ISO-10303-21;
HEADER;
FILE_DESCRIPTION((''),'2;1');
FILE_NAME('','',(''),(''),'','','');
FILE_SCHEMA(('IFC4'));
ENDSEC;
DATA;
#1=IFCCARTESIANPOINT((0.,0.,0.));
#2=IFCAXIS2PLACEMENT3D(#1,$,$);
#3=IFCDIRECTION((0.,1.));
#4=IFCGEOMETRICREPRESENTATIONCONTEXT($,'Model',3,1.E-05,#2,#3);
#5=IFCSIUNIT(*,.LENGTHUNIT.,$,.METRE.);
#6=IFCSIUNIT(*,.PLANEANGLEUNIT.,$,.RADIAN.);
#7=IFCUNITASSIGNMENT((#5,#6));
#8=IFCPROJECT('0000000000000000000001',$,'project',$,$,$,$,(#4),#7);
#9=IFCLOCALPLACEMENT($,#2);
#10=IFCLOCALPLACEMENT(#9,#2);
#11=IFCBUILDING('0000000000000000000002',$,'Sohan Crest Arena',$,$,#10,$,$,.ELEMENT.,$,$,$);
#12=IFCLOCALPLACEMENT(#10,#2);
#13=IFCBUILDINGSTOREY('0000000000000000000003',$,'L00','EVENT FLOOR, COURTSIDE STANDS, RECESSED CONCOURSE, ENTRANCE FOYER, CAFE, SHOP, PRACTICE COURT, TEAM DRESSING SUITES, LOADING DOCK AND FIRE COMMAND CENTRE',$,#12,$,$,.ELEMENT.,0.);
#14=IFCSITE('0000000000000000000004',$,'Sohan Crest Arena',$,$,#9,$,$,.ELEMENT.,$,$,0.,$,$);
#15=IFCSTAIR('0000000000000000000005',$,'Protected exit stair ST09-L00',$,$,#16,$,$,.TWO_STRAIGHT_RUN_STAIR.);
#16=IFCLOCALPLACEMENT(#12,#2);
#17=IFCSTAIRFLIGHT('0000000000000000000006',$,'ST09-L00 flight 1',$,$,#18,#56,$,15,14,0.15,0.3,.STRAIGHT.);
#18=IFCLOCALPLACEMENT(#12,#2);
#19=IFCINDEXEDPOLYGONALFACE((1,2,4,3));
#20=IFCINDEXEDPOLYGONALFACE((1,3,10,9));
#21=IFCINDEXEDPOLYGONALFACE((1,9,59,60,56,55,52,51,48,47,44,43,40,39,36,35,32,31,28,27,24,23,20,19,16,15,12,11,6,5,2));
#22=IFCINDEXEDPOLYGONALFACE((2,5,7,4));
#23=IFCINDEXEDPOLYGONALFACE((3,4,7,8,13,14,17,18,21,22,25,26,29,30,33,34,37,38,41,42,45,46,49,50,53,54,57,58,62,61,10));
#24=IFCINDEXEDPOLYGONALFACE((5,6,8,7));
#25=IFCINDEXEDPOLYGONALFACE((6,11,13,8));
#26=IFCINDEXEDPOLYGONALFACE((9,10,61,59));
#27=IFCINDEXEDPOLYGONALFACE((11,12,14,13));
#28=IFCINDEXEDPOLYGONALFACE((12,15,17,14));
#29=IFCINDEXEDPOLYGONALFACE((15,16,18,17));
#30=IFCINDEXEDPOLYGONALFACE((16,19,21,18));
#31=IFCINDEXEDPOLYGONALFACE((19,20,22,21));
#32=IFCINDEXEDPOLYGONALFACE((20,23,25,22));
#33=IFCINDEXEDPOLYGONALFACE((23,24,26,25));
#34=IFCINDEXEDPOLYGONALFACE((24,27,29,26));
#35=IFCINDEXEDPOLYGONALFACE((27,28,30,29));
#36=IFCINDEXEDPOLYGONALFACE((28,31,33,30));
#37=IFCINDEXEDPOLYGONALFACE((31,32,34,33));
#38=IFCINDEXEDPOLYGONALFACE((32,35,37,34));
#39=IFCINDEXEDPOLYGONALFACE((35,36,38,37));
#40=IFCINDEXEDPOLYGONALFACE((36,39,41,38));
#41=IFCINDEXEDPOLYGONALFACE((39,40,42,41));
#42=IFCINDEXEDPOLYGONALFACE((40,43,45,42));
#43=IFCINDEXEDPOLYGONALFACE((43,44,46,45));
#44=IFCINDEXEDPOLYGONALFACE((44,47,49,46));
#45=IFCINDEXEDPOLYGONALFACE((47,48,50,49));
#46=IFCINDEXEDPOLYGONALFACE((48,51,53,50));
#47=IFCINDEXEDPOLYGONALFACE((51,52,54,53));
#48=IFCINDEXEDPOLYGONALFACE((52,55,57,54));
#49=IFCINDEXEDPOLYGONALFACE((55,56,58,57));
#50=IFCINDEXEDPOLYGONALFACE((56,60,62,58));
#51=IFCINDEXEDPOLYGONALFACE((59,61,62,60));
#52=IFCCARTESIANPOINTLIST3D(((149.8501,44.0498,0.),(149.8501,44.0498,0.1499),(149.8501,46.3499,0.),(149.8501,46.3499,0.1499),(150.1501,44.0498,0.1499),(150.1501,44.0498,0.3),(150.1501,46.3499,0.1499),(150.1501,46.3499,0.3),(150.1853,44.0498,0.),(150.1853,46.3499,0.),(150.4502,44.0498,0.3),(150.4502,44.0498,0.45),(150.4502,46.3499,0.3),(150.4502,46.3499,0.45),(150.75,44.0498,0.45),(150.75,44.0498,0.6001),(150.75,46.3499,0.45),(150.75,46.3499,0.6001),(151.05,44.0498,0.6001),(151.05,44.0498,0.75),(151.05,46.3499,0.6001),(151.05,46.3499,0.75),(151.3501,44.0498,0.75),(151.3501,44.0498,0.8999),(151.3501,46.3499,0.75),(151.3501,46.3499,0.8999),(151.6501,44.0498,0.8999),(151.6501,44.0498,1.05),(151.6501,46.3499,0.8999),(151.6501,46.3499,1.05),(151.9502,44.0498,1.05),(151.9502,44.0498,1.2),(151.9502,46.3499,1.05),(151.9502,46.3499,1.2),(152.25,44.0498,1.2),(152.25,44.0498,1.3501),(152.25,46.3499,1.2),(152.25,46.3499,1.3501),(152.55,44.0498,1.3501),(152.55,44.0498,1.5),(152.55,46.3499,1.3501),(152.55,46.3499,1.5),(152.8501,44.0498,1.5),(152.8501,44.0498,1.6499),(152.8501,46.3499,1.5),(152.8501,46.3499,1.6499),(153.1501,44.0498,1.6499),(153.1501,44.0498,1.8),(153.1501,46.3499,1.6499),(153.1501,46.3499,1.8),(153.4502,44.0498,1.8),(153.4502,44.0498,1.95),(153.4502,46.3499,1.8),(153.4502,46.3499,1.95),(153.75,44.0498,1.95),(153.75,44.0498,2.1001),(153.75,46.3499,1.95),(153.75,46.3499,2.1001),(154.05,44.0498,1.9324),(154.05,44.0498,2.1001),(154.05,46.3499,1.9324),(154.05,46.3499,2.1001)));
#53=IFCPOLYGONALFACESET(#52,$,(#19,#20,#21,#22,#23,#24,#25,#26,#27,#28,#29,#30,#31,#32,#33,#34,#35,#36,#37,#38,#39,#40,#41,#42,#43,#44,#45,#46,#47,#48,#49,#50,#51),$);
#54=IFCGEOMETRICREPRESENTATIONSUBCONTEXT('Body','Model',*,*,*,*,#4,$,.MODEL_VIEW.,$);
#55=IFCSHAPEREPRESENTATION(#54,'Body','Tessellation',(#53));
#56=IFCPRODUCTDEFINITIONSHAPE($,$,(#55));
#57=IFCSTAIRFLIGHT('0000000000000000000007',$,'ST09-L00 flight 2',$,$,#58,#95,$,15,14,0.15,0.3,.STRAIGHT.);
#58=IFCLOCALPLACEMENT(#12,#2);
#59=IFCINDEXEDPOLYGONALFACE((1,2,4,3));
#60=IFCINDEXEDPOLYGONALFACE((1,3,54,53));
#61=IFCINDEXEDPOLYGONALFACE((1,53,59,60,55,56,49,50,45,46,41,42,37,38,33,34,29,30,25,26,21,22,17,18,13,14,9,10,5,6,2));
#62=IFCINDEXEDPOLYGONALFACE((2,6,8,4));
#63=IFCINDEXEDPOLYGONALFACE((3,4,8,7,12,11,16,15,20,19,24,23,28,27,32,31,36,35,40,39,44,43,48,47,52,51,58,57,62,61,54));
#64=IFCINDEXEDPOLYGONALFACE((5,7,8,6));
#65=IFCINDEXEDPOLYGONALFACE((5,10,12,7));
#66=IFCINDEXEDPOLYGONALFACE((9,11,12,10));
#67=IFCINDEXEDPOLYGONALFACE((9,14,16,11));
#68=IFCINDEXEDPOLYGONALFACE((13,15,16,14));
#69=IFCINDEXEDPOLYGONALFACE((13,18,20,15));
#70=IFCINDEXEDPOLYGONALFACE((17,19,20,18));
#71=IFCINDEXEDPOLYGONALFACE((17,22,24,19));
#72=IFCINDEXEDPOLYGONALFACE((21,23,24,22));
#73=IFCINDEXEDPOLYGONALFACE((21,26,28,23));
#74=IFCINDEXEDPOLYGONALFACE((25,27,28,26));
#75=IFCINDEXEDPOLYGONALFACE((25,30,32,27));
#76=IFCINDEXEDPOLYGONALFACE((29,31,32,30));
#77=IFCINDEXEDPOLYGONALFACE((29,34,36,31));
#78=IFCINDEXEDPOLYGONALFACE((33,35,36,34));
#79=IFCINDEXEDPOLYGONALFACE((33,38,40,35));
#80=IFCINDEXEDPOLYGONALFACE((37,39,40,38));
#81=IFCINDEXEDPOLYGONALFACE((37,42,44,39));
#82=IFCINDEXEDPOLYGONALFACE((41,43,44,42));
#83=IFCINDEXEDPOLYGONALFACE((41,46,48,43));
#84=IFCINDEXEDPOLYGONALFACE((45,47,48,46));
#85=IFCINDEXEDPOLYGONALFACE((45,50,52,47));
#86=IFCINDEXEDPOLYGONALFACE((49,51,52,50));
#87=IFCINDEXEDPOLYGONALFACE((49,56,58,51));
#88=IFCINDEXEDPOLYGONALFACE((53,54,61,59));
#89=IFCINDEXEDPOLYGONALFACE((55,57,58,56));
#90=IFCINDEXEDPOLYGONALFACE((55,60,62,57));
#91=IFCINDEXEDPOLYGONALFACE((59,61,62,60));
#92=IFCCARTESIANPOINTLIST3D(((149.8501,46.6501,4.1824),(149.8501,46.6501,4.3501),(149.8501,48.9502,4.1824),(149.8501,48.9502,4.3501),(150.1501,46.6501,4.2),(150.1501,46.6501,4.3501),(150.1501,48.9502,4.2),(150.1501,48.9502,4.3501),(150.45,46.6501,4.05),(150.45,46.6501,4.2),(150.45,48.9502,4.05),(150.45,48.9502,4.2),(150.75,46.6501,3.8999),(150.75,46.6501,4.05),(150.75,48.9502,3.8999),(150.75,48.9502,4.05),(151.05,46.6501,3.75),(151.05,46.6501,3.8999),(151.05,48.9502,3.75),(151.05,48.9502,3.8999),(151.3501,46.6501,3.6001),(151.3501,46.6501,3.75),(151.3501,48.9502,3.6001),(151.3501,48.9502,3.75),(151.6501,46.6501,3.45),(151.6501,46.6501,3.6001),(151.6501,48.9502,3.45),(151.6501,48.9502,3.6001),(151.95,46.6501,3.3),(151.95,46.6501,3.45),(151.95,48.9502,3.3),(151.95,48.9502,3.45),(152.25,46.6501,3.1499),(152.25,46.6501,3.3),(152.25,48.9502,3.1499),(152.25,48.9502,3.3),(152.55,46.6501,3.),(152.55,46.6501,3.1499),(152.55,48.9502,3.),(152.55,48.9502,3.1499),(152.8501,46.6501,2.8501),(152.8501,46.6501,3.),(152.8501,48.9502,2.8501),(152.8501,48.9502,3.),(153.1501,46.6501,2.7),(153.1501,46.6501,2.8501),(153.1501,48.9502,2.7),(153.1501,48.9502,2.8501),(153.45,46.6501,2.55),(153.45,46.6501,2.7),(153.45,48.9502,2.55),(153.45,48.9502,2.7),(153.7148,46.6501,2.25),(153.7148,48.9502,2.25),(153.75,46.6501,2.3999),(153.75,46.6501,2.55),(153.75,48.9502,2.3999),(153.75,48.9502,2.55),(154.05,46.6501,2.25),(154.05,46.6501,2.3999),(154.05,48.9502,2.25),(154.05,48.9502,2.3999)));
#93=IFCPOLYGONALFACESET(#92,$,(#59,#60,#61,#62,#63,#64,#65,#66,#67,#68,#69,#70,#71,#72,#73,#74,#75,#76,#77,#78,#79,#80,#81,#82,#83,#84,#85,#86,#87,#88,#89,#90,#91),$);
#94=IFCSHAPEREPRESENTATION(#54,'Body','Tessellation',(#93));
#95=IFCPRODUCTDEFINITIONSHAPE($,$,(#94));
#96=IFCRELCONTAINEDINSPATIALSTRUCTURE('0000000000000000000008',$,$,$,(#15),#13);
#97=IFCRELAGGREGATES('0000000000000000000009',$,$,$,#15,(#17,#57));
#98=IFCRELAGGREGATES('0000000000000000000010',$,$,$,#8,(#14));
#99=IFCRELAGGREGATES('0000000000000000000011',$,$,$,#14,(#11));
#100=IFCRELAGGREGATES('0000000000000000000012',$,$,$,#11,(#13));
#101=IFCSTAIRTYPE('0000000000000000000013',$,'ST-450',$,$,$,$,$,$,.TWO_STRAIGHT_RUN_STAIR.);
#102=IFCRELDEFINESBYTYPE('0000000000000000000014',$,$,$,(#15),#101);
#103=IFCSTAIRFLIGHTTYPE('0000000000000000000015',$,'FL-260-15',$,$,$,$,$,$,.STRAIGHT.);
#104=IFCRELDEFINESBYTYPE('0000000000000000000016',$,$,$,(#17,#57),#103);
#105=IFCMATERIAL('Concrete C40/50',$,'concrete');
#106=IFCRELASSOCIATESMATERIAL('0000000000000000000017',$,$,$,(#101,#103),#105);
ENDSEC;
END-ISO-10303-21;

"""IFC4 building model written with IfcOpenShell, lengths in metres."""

from ifc_helpers import new_model, si_unit, direction, frame, origin, place, context, subcontext, project, spatial, polyline, outline, extrude, material, type_object, element, aggregate, save


model = new_model("IFC4")

# Units and contexts
model_context = context("Model", 3, precision=1e-05, world=origin(), true_north=direction((0.0, 1.0)))
body_context = subcontext(model_context, "Body", "Model", "MODEL_VIEW")
ifc_project = project(units=[si_unit("LENGTHUNIT", "METRE"), si_unit("PLANEANGLEUNIT", "RADIAN")], contexts=[model_context])

# Site, building, storey
site_placement = place(None, origin())
site = spatial("IfcSite", under=ifc_project, at=site_placement, Name="Sohan Crest Arena", CompositionType="ELEMENT", RefElevation=0.0)
building_placement = place(site_placement, origin())
building = spatial("IfcBuilding", under=site, at=building_placement, Name="Sohan Crest Arena", CompositionType="ELEMENT")
storey_placement = place(building_placement, origin())
storey = spatial("IfcBuildingStorey", under=building, at=storey_placement, Name="L00", Description="EVENT FLOOR, COURTSIDE STANDS, RECESSED CONCOURSE, ENTRANCE FOYER, CAFE, SHOP, PRACTICE COURT, TEAM DRESSING SUITES, LOADING DOCK AND FIRE COMMAND CENTRE", CompositionType="ELEMENT", Elevation=0.0)

# Shared definitions
ifc_material_1 = material(Name="Concrete C40/50", Category="concrete")

# Stair, stair flights
stair_type = type_object("IfcStairType", Name="ST-450", PredefinedType="TWO_STRAIGHT_RUN_STAIR", material=ifc_material_1)
stair_placement = place(storey_placement, origin())
stair = element("IfcStair", 1, at=stair_placement, inside=storey, type_object=stair_type, Name="Protected exit stair ST09-L00", PredefinedType="TWO_STRAIGHT_RUN_STAIR")
stair_flight_type = type_object("IfcStairFlightType", Name="FL-260-15", PredefinedType="STRAIGHT", material=ifc_material_1)
stair_flight_1_placement = place(storey_placement, frame((149.8501, 45.2, 0.0), z_axis=(0.0, 0.0, 1.0), x_axis=(1.0, 0.0, 0.0)))
stair_flight_1 = element("IfcStairFlight", 2, at=stair_flight_1_placement, type_object=stair_flight_type, Name="ST09-L00 flight 1", NumberOfRisers=15, NumberOfTreads=14, PredefinedType="STRAIGHT", RiserHeight=0.15, TreadLength=0.3, context=body_context, shape_type="SweptSolid", body=[
    extrude(outline(polyline([(0.0, 0.0), (0.0, 0.1499), (0.3, 0.1499), (0.3, 0.3), (0.6001, 0.3), (0.6001, 0.45), (0.8999, 0.45), (0.8999, 0.6001), (1.2, 0.6001), (1.2, 0.75), (1.5, 0.75), (1.5, 0.8999), (1.8, 0.8999), (1.8, 1.05), (2.1001, 1.05), (2.1001, 1.2), (2.3999, 1.2), (2.3999, 1.3501), (2.7, 1.3501), (2.7, 1.5), (3.0, 1.5), (3.0, 1.6499), (3.3, 1.6499), (3.3, 1.8), (3.6001, 1.8), (3.6001, 1.95), (3.8999, 1.95), (3.8999, 2.1001), (4.2, 2.1001), (4.2, 2.25), (4.2, 1.9324), (0.3352, 0.0), (0.0, 0.0)])), frame((0.0, 1.1499, 0.0), z_axis=(0.0, -1.0, 0.0), x_axis=(1.0, 0.0, 0.0)), (0.0, 0.0, 1.0), 2.3),
])
stair_flight_2_placement = place(storey_placement, frame((154.05, 47.8, 2.25), z_axis=(0.0, 0.0, 1.0), x_axis=(-1.0, 0.0, 0.0)))
stair_flight_2 = element("IfcStairFlight", 3, at=stair_flight_2_placement, type_object=stair_flight_type, Name="ST09-L00 flight 2", NumberOfRisers=15, NumberOfTreads=14, PredefinedType="STRAIGHT", RiserHeight=0.15, TreadLength=0.3, context=body_context, shape_type="SweptSolid", body=[
    extrude(outline(polyline([(0.0, 0.0), (0.0, 0.1499), (0.3, 0.1499), (0.3, 0.3), (0.6001, 0.3), (0.6001, 0.45), (0.8999, 0.45), (0.8999, 0.6001), (1.2, 0.6001), (1.2, 0.75), (1.5, 0.75), (1.5, 0.8999), (1.8, 0.8999), (1.8, 1.05), (2.1001, 1.05), (2.1001, 1.2), (2.3999, 1.2), (2.3999, 1.3501), (2.7, 1.3501), (2.7, 1.5), (3.0, 1.5), (3.0, 1.6499), (3.3, 1.6499), (3.3, 1.8), (3.6001, 1.8), (3.6001, 1.95), (3.8999, 1.95), (3.8999, 2.1001), (4.2, 2.1001), (4.2, 2.25), (4.2, 1.9324), (0.3352, 0.0), (0.0, 0.0)])), frame((0.0, 1.1499, 0.0), z_axis=(0.0, -1.0, 0.0), x_axis=(1.0, 0.0, 0.0)), (0.0, 0.0, 1.0), 2.3),
])
aggregate(stair, [stair_flight_1, stair_flight_2])

save(model, "model.ifc")
